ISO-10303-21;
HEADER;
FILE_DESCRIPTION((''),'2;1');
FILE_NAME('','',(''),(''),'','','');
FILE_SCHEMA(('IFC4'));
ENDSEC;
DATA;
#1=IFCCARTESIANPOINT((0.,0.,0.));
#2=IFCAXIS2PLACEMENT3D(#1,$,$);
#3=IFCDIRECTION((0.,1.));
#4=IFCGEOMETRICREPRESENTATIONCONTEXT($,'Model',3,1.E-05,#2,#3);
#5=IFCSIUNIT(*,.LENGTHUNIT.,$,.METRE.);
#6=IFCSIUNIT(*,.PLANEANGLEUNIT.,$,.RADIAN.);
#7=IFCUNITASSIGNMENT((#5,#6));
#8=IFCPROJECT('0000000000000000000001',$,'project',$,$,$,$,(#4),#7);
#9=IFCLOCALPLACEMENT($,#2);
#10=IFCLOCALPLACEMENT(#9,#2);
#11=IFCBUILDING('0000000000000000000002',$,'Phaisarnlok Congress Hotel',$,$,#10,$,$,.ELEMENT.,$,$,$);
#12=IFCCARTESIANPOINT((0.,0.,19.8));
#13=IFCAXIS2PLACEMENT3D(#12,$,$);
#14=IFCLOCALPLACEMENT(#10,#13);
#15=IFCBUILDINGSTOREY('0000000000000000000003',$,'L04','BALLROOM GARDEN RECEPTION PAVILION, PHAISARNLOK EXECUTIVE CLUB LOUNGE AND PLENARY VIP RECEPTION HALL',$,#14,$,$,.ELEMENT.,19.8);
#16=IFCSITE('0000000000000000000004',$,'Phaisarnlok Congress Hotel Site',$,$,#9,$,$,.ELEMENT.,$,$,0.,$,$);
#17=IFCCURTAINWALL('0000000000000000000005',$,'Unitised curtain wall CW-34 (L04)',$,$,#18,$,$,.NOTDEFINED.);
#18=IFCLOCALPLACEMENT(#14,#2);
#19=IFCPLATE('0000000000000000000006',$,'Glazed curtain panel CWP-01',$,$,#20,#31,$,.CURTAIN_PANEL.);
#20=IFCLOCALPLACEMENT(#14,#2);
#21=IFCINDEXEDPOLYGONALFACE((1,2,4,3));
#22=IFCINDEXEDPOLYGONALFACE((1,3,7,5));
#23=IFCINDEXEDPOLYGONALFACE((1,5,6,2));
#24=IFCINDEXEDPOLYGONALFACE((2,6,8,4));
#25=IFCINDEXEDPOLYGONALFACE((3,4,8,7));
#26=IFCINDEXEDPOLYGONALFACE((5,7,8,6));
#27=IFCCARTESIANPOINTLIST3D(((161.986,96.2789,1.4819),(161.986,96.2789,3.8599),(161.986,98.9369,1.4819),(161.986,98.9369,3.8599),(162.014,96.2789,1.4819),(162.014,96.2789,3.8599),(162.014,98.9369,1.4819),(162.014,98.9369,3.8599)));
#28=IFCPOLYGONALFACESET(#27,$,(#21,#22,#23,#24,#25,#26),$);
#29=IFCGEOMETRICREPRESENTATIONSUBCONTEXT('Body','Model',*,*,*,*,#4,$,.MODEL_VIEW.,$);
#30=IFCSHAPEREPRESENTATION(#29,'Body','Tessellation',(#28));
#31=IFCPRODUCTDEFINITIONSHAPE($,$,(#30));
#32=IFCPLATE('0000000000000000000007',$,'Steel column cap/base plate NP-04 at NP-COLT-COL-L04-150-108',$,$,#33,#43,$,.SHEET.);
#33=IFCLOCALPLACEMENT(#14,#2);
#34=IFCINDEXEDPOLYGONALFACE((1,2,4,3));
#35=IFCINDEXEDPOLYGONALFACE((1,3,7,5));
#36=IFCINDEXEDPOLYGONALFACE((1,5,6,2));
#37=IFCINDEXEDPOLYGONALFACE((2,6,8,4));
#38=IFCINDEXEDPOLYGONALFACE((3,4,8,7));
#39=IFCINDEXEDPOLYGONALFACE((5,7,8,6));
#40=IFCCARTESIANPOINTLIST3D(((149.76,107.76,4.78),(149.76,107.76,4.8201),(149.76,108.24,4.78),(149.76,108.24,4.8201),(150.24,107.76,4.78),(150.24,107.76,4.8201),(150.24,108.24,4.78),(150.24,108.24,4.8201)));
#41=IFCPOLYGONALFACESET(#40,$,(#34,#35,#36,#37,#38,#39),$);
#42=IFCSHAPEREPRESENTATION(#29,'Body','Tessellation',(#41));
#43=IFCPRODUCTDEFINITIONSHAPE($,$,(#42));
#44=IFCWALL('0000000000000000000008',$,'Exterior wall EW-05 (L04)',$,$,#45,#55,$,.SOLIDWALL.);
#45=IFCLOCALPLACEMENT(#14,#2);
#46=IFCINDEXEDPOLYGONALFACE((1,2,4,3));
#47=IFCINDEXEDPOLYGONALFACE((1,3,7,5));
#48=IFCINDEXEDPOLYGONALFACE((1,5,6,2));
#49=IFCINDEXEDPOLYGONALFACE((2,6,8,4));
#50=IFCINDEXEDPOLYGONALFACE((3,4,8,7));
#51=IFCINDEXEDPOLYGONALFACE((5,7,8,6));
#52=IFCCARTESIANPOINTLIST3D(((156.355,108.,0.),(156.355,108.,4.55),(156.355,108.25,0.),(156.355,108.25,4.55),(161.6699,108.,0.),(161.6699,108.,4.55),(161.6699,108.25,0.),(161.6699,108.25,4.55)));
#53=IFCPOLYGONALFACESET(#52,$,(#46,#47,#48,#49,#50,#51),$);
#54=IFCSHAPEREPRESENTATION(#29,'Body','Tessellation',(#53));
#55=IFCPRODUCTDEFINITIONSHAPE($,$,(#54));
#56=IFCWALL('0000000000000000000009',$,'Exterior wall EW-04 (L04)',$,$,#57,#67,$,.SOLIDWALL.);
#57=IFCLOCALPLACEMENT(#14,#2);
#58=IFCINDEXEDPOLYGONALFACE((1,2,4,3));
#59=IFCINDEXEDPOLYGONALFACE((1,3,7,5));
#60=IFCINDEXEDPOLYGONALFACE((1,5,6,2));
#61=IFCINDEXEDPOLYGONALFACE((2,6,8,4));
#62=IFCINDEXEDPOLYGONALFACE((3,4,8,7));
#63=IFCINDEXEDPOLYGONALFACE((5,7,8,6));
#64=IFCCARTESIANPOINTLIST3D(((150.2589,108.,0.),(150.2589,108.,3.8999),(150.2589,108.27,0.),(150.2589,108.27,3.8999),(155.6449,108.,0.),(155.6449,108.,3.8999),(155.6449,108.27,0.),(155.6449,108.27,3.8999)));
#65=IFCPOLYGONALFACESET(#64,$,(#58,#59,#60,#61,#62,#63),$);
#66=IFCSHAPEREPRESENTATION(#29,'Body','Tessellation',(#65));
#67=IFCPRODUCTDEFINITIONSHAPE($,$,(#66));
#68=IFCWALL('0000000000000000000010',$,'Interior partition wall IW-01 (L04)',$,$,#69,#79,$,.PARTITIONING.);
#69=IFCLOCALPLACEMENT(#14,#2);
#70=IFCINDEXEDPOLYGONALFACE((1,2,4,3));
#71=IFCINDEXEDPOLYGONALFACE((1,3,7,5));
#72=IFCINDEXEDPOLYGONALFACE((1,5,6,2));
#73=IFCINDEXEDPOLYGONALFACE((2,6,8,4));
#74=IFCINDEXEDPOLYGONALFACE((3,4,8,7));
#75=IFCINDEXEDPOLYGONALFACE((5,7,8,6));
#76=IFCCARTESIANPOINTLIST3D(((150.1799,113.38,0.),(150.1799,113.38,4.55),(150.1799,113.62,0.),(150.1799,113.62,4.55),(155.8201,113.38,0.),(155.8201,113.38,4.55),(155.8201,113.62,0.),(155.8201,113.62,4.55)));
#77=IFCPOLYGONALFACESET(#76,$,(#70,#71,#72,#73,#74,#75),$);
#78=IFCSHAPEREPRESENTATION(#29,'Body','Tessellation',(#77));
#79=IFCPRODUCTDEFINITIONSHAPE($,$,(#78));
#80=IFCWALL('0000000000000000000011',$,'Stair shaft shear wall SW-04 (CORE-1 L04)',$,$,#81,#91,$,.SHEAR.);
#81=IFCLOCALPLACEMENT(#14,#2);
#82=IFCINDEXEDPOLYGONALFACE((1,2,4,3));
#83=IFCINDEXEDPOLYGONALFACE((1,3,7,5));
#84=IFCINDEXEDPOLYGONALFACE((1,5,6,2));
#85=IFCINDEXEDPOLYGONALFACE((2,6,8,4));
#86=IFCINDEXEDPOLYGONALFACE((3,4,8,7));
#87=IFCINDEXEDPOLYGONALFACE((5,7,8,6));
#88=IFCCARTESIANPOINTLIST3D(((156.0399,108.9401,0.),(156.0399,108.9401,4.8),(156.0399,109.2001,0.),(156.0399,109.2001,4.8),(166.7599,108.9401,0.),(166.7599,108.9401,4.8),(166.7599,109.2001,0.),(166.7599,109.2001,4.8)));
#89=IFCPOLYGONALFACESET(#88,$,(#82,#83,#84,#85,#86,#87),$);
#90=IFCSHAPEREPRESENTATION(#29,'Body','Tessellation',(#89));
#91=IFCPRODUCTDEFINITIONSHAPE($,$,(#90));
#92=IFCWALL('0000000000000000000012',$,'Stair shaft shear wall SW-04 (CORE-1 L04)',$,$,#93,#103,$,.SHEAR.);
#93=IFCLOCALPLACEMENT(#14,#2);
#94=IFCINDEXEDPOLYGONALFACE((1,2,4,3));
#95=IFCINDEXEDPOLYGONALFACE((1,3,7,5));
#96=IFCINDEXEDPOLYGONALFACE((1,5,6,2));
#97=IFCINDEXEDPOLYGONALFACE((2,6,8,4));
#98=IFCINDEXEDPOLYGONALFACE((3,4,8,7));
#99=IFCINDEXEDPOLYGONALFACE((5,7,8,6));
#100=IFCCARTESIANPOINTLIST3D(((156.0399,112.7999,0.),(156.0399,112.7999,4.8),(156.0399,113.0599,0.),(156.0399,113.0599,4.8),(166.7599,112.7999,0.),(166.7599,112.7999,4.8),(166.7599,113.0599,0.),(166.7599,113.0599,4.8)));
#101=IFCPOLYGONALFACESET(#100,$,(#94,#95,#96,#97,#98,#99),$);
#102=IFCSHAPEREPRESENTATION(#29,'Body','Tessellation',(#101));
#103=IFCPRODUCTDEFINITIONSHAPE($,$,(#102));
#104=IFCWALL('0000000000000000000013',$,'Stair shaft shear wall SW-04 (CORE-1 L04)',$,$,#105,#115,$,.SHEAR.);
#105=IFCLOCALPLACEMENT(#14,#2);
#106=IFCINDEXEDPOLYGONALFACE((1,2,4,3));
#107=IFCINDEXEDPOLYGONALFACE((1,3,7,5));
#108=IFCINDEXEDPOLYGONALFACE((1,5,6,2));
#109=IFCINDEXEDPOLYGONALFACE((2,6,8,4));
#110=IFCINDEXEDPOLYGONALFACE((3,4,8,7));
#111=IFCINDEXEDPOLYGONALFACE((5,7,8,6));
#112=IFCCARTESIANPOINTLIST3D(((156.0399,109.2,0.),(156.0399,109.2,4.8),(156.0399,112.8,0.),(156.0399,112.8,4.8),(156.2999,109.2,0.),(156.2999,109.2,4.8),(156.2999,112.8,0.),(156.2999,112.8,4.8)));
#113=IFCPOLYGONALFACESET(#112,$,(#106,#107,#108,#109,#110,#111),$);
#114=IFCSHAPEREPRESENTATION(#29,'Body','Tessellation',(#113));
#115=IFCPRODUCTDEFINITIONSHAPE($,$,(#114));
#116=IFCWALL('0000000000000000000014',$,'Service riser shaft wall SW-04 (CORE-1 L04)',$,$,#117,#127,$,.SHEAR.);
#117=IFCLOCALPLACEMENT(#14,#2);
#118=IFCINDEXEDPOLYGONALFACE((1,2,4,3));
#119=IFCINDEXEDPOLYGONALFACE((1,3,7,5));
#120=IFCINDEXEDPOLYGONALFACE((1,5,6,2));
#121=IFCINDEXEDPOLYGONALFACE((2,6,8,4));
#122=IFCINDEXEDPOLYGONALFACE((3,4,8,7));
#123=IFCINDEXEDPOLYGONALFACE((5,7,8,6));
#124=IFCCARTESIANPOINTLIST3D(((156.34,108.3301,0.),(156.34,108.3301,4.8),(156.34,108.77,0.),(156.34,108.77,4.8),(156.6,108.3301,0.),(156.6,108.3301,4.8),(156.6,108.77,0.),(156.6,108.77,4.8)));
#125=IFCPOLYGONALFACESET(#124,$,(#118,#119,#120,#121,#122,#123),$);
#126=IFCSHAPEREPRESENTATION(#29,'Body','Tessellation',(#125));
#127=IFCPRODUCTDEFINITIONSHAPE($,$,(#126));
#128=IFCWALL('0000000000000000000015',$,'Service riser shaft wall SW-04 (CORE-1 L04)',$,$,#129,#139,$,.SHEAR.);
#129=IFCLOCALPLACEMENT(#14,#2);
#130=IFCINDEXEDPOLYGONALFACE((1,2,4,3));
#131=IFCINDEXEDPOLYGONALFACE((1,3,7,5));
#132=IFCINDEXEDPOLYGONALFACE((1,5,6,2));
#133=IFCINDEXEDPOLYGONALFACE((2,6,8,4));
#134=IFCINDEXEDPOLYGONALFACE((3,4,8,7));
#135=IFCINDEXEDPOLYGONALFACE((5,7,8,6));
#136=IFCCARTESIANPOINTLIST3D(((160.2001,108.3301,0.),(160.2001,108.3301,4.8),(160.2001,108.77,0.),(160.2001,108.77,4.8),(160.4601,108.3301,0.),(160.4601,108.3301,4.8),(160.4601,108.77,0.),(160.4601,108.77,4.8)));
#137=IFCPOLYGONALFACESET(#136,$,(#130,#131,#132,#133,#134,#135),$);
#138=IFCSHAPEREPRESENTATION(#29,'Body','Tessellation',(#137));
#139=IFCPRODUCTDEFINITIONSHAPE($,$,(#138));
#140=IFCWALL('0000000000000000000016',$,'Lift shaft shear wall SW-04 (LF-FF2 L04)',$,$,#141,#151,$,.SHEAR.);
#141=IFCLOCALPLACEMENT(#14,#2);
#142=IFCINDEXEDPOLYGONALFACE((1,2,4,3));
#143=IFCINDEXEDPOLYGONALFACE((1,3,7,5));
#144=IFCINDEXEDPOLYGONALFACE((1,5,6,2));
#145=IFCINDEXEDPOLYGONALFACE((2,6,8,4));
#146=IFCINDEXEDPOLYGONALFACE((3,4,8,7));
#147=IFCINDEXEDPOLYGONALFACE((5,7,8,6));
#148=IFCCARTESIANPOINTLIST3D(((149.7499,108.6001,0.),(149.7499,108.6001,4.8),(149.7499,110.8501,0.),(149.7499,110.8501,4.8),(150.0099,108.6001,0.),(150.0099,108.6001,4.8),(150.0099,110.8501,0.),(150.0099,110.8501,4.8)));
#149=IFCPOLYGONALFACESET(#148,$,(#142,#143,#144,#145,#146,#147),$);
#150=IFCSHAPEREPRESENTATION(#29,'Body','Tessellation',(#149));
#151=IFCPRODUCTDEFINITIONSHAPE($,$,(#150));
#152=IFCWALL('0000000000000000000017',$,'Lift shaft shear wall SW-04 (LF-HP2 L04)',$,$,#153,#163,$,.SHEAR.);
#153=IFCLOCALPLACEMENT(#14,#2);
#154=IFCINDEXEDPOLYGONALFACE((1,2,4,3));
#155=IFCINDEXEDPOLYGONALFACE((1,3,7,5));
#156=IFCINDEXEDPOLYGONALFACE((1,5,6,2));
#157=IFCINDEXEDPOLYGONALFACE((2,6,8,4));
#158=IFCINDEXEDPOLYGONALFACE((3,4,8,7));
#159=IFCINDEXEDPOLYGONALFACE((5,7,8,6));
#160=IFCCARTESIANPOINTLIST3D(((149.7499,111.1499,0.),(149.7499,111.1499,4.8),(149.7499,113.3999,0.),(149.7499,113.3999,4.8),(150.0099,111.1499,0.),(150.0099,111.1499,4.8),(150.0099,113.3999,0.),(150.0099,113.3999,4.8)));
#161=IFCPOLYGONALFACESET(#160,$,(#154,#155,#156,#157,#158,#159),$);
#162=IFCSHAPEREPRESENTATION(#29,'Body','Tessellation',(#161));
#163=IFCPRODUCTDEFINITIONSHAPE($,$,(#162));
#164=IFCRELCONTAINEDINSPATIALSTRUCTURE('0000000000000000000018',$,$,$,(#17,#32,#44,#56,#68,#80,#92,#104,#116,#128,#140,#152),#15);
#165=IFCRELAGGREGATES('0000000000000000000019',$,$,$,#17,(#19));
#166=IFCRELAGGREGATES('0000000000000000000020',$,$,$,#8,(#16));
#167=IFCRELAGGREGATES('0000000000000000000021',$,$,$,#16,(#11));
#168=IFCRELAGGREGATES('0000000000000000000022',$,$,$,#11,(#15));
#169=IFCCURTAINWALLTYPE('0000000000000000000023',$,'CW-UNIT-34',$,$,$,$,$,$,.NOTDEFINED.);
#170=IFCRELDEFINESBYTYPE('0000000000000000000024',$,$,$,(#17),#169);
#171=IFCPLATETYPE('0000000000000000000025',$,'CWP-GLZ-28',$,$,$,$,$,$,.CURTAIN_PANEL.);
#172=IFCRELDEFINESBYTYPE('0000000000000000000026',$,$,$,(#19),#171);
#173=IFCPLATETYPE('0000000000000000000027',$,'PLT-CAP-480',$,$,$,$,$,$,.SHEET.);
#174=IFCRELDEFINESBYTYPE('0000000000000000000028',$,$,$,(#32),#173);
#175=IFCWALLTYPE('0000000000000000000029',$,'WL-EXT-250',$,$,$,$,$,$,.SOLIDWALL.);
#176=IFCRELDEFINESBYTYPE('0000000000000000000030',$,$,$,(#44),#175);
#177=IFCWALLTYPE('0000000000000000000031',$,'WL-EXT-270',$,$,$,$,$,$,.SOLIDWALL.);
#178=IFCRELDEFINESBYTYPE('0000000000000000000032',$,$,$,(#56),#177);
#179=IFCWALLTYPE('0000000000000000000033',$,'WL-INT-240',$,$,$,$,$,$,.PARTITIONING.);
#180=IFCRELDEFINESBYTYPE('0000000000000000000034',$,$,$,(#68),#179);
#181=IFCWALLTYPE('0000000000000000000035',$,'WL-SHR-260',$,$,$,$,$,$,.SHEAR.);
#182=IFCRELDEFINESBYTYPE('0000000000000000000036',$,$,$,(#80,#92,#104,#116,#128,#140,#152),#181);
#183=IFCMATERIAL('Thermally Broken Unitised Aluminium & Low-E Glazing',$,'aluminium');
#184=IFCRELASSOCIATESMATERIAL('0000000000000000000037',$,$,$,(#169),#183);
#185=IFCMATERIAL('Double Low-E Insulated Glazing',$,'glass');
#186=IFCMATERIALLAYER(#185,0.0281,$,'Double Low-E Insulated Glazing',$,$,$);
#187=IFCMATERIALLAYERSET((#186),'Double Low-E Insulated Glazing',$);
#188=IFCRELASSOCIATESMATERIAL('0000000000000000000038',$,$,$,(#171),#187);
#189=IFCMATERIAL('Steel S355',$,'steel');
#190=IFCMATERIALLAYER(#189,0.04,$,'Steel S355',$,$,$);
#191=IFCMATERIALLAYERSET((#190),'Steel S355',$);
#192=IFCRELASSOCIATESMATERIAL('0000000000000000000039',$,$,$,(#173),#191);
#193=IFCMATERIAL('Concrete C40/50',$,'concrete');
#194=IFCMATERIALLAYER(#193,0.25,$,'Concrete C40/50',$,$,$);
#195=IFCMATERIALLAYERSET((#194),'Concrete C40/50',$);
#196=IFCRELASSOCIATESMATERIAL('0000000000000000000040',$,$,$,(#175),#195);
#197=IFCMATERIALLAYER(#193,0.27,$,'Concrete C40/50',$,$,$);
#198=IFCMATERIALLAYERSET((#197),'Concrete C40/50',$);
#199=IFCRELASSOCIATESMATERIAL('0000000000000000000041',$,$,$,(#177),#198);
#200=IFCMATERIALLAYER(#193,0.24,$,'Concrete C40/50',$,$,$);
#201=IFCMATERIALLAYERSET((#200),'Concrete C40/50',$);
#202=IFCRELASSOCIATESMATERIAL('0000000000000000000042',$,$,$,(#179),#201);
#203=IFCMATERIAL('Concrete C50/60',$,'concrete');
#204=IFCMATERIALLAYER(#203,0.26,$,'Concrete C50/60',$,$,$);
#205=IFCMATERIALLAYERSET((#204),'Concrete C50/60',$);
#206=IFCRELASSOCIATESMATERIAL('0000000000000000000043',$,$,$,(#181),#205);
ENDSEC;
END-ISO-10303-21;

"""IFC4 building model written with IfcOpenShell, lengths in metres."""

from ifc_helpers import new_model, si_unit, direction, frame, frame_2d, origin, origin_2d, place, context, subcontext, project, spatial, rectangle, extrude, material, layer, layer_set, type_object, element, aggregate, save


model = new_model("IFC4")

# Units and contexts
model_context = context("Model", 3, precision=1e-05, world=origin(), true_north=direction((0.0, 1.0)))
body_context = subcontext(model_context, "Body", "Model", "MODEL_VIEW")
ifc_project = project(units=[si_unit("LENGTHUNIT", "METRE"), si_unit("PLANEANGLEUNIT", "RADIAN")], contexts=[model_context])

# Site, building, storey
site_placement = place(None, origin())
site = spatial("IfcSite", under=ifc_project, at=site_placement, Name="Phaisarnlok Congress Hotel Site", CompositionType="ELEMENT", RefElevation=0.0)
building_placement = place(site_placement, origin())
building = spatial("IfcBuilding", under=site, at=building_placement, Name="Phaisarnlok Congress Hotel", CompositionType="ELEMENT")
storey_placement = place(building_placement, frame((0.0, 0.0, 19.8)))
storey = spatial("IfcBuildingStorey", under=building, at=storey_placement, Name="L04", Description="BALLROOM GARDEN RECEPTION PAVILION, PHAISARNLOK EXECUTIVE CLUB LOUNGE AND PLENARY VIP RECEPTION HALL", CompositionType="ELEMENT", Elevation=19.8)

# Shared definitions
ifc_material_1 = material(Name="Concrete C50/60", Category="concrete")
ifc_material_2 = material(Name="Steel S355", Category="steel")

# Curtain wall
ifc_material_3 = material(Name="Thermally Broken Unitised Aluminium & Low-E Glazing", Category="aluminium")
curtain_wall_type = type_object("IfcCurtainWallType", Name="CW-UNIT-34", PredefinedType="NOTDEFINED", material=ifc_material_3)
curtain_wall_placement = place(storey_placement, origin())
curtain_wall = element("IfcCurtainWall", 1, at=curtain_wall_placement, inside=storey, type_object=curtain_wall_type, Name="Unitised curtain wall CW-34 (L04)", PredefinedType="NOTDEFINED")

# Shared definitions
ifc_material_4 = material(Name="Concrete C40/50", Category="concrete")

# Plates
ifc_material_5 = material(Name="Double Low-E Insulated Glazing", Category="glass")
ifc_layer_1 = layer(ifc_material_5, 0.0281, Name="Double Low-E Insulated Glazing")
ifc_layer_set_1 = layer_set([ifc_layer_1], Name="Double Low-E Insulated Glazing")
plate_type_1 = type_object("IfcPlateType", Name="CWP-GLZ-28", PredefinedType="CURTAIN_PANEL", material=ifc_layer_set_1)
plate_1_placement = place(storey_placement, frame((162.0, 98.937, 1.4819), z_axis=(0.0, 0.0, 1.0), x_axis=(0.0, -1.0, 0.0)))
plate_1 = element("IfcPlate", 2, at=plate_1_placement, type_object=plate_type_1, Name="Glazed curtain panel CWP-01", PredefinedType="CURTAIN_PANEL", context=body_context, shape_type="SweptSolid", body=[
    extrude(rectangle(XDim=2.658, YDim=0.0281, at=frame_2d((1.3291, 0.0))), origin(), (0.0, 0.0, 1.0), 2.3779),
])
aggregate(curtain_wall, [plate_1])
ifc_layer_2 = layer(ifc_material_2, 0.04, Name="Steel S355")
ifc_layer_set_2 = layer_set([ifc_layer_2], Name="Steel S355")
plate_type_2 = type_object("IfcPlateType", Name="PLT-CAP-480", PredefinedType="SHEET", material=ifc_layer_set_2)
plate_2_placement = place(storey_placement, frame((150.0, 108.0, 4.78), z_axis=(0.0, 0.0, 1.0), x_axis=(1.0, 0.0, 0.0)))
element("IfcPlate", 3, at=plate_2_placement, inside=storey, type_object=plate_type_2, Name="Steel column cap/base plate NP-04 at NP-COLT-COL-L04-150-108", PredefinedType="SHEET", context=body_context, shape_type="SweptSolid", body=[
    extrude(rectangle(XDim=0.48, YDim=0.48, at=origin_2d()), origin(), (0.0, 0.0, 1.0), 0.04),
])

# Walls
ifc_layer_3 = layer(ifc_material_4, 0.25, Name="Concrete C40/50")
ifc_layer_set_3 = layer_set([ifc_layer_3], Name="Concrete C40/50")
wall_type_1 = type_object("IfcWallType", Name="WL-EXT-250", PredefinedType="SOLIDWALL", material=ifc_layer_set_3)
wall_1_placement = place(storey_placement, frame((156.355, 108.125, 0.0), z_axis=(0.0, 0.0, 1.0), x_axis=(1.0, 0.0, 0.0)))
element("IfcWall", 4, at=wall_1_placement, inside=storey, type_object=wall_type_1, Name="Exterior wall EW-05 (L04)", PredefinedType="SOLIDWALL", context=body_context, shape_type="SweptSolid", body=[
    extrude(rectangle(XDim=5.3149, YDim=0.25, at=frame_2d((2.6575, 0.0))), origin(), (0.0, 0.0, 1.0), 4.55),
])
ifc_layer_4 = layer(ifc_material_4, 0.27, Name="Concrete C40/50")
ifc_layer_set_4 = layer_set([ifc_layer_4], Name="Concrete C40/50")
wall_type_2 = type_object("IfcWallType", Name="WL-EXT-270", PredefinedType="SOLIDWALL", material=ifc_layer_set_4)
wall_2_placement = place(storey_placement, frame((150.259, 108.135, 0.0), z_axis=(0.0, 0.0, 1.0), x_axis=(1.0, 0.0, 0.0)))
element("IfcWall", 5, at=wall_2_placement, inside=storey, type_object=wall_type_2, Name="Exterior wall EW-04 (L04)", PredefinedType="SOLIDWALL", context=body_context, shape_type="SweptSolid", body=[
    extrude(rectangle(XDim=5.386, YDim=0.27, at=frame_2d((2.6929, 0.0))), origin(), (0.0, 0.0, 1.0), 3.8999),
])
ifc_layer_5 = layer(ifc_material_4, 0.24, Name="Concrete C40/50")
ifc_layer_set_5 = layer_set([ifc_layer_5], Name="Concrete C40/50")
wall_type_3 = type_object("IfcWallType", Name="WL-INT-240", PredefinedType="PARTITIONING", material=ifc_layer_set_5)
wall_3_placement = place(storey_placement, frame((150.1799, 113.5, 0.0), z_axis=(0.0, 0.0, 1.0), x_axis=(1.0, 0.0, 0.0)))
element("IfcWall", 6, at=wall_3_placement, inside=storey, type_object=wall_type_3, Name="Interior partition wall IW-01 (L04)", PredefinedType="PARTITIONING", context=body_context, shape_type="SweptSolid", body=[
    extrude(rectangle(XDim=5.6401, YDim=0.24, at=frame_2d((2.8201, 0.0))), origin(), (0.0, 0.0, 1.0), 4.55),
])
ifc_layer_6 = layer(ifc_material_1, 0.26, Name="Concrete C50/60")
ifc_layer_set_6 = layer_set([ifc_layer_6], Name="Concrete C50/60")
wall_type_4 = type_object("IfcWallType", Name="WL-SHR-260", PredefinedType="SHEAR", material=ifc_layer_set_6)
for number, where, z_axis, x_axis, name in (
    (7, (156.04, 109.0701, 0.0), (0.0, 0.0, 1.0), (1.0, 0.0, 0.0), "Stair shaft shear wall SW-04 (CORE-1 L04)"),
    (8, (156.04, 112.9299, 0.0), (0.0, 0.0, 1.0), (1.0, 0.0, 0.0), "Stair shaft shear wall SW-04 (CORE-1 L04)"),
):
    element("IfcWall", number, at=place(storey_placement, frame(where, z_axis=z_axis, x_axis=x_axis)), inside=storey, type_object=wall_type_4, Name=name, PredefinedType="SHEAR", context=body_context, shape_type="SweptSolid", body=[
        extrude(rectangle(XDim=10.72, YDim=0.26, at=frame_2d((5.3599, 0.0))), origin(), (0.0, 0.0, 1.0), 4.8),
    ])
wall_4_placement = place(storey_placement, frame((156.1699, 109.2, 0.0), z_axis=(0.0, 0.0, 1.0), x_axis=(0.0, 1.0, 0.0)))
element("IfcWall", 9, at=wall_4_placement, inside=storey, type_object=wall_type_4, Name="Stair shaft shear wall SW-04 (CORE-1 L04)", PredefinedType="SHEAR", context=body_context, shape_type="SweptSolid", body=[
    extrude(rectangle(XDim=3.6001, YDim=0.26, at=frame_2d((1.8, 0.0))), origin(), (0.0, 0.0, 1.0), 4.8),
])
for number, where, z_axis, x_axis, name in (
    (10, (156.47, 108.3301, 0.0), (0.0, 0.0, 1.0), (0.0, 1.0, 0.0), "Service riser shaft wall SW-04 (CORE-1 L04)"),
    (11, (160.3301, 108.3301, 0.0), (0.0, 0.0, 1.0), (0.0, 1.0, 0.0), "Service riser shaft wall SW-04 (CORE-1 L04)"),
):
    element("IfcWall", number, at=place(storey_placement, frame(where, z_axis=z_axis, x_axis=x_axis)), inside=storey, type_object=wall_type_4, Name=name, PredefinedType="SHEAR", context=body_context, shape_type="SweptSolid", body=[
        extrude(rectangle(XDim=0.4399, YDim=0.26, at=frame_2d((0.22, 0.0))), origin(), (0.0, 0.0, 1.0), 4.8),
    ])
for number, where, z_axis, x_axis, name in (
    (12, (149.8799, 108.6001, 0.0), (0.0, 0.0, 1.0), (0.0, 1.0, 0.0), "Lift shaft shear wall SW-04 (LF-FF2 L04)"),
    (13, (149.8799, 111.1499, 0.0), (0.0, 0.0, 1.0), (0.0, 1.0, 0.0), "Lift shaft shear wall SW-04 (LF-HP2 L04)"),
):
    element("IfcWall", number, at=place(storey_placement, frame(where, z_axis=z_axis, x_axis=x_axis)), inside=storey, type_object=wall_type_4, Name=name, PredefinedType="SHEAR", context=body_context, shape_type="SweptSolid", body=[
        extrude(rectangle(XDim=2.25, YDim=0.26, at=frame_2d((1.125, 0.0))), origin(), (0.0, 0.0, 1.0), 4.8),
    ])

save(model, "model.ifc")
